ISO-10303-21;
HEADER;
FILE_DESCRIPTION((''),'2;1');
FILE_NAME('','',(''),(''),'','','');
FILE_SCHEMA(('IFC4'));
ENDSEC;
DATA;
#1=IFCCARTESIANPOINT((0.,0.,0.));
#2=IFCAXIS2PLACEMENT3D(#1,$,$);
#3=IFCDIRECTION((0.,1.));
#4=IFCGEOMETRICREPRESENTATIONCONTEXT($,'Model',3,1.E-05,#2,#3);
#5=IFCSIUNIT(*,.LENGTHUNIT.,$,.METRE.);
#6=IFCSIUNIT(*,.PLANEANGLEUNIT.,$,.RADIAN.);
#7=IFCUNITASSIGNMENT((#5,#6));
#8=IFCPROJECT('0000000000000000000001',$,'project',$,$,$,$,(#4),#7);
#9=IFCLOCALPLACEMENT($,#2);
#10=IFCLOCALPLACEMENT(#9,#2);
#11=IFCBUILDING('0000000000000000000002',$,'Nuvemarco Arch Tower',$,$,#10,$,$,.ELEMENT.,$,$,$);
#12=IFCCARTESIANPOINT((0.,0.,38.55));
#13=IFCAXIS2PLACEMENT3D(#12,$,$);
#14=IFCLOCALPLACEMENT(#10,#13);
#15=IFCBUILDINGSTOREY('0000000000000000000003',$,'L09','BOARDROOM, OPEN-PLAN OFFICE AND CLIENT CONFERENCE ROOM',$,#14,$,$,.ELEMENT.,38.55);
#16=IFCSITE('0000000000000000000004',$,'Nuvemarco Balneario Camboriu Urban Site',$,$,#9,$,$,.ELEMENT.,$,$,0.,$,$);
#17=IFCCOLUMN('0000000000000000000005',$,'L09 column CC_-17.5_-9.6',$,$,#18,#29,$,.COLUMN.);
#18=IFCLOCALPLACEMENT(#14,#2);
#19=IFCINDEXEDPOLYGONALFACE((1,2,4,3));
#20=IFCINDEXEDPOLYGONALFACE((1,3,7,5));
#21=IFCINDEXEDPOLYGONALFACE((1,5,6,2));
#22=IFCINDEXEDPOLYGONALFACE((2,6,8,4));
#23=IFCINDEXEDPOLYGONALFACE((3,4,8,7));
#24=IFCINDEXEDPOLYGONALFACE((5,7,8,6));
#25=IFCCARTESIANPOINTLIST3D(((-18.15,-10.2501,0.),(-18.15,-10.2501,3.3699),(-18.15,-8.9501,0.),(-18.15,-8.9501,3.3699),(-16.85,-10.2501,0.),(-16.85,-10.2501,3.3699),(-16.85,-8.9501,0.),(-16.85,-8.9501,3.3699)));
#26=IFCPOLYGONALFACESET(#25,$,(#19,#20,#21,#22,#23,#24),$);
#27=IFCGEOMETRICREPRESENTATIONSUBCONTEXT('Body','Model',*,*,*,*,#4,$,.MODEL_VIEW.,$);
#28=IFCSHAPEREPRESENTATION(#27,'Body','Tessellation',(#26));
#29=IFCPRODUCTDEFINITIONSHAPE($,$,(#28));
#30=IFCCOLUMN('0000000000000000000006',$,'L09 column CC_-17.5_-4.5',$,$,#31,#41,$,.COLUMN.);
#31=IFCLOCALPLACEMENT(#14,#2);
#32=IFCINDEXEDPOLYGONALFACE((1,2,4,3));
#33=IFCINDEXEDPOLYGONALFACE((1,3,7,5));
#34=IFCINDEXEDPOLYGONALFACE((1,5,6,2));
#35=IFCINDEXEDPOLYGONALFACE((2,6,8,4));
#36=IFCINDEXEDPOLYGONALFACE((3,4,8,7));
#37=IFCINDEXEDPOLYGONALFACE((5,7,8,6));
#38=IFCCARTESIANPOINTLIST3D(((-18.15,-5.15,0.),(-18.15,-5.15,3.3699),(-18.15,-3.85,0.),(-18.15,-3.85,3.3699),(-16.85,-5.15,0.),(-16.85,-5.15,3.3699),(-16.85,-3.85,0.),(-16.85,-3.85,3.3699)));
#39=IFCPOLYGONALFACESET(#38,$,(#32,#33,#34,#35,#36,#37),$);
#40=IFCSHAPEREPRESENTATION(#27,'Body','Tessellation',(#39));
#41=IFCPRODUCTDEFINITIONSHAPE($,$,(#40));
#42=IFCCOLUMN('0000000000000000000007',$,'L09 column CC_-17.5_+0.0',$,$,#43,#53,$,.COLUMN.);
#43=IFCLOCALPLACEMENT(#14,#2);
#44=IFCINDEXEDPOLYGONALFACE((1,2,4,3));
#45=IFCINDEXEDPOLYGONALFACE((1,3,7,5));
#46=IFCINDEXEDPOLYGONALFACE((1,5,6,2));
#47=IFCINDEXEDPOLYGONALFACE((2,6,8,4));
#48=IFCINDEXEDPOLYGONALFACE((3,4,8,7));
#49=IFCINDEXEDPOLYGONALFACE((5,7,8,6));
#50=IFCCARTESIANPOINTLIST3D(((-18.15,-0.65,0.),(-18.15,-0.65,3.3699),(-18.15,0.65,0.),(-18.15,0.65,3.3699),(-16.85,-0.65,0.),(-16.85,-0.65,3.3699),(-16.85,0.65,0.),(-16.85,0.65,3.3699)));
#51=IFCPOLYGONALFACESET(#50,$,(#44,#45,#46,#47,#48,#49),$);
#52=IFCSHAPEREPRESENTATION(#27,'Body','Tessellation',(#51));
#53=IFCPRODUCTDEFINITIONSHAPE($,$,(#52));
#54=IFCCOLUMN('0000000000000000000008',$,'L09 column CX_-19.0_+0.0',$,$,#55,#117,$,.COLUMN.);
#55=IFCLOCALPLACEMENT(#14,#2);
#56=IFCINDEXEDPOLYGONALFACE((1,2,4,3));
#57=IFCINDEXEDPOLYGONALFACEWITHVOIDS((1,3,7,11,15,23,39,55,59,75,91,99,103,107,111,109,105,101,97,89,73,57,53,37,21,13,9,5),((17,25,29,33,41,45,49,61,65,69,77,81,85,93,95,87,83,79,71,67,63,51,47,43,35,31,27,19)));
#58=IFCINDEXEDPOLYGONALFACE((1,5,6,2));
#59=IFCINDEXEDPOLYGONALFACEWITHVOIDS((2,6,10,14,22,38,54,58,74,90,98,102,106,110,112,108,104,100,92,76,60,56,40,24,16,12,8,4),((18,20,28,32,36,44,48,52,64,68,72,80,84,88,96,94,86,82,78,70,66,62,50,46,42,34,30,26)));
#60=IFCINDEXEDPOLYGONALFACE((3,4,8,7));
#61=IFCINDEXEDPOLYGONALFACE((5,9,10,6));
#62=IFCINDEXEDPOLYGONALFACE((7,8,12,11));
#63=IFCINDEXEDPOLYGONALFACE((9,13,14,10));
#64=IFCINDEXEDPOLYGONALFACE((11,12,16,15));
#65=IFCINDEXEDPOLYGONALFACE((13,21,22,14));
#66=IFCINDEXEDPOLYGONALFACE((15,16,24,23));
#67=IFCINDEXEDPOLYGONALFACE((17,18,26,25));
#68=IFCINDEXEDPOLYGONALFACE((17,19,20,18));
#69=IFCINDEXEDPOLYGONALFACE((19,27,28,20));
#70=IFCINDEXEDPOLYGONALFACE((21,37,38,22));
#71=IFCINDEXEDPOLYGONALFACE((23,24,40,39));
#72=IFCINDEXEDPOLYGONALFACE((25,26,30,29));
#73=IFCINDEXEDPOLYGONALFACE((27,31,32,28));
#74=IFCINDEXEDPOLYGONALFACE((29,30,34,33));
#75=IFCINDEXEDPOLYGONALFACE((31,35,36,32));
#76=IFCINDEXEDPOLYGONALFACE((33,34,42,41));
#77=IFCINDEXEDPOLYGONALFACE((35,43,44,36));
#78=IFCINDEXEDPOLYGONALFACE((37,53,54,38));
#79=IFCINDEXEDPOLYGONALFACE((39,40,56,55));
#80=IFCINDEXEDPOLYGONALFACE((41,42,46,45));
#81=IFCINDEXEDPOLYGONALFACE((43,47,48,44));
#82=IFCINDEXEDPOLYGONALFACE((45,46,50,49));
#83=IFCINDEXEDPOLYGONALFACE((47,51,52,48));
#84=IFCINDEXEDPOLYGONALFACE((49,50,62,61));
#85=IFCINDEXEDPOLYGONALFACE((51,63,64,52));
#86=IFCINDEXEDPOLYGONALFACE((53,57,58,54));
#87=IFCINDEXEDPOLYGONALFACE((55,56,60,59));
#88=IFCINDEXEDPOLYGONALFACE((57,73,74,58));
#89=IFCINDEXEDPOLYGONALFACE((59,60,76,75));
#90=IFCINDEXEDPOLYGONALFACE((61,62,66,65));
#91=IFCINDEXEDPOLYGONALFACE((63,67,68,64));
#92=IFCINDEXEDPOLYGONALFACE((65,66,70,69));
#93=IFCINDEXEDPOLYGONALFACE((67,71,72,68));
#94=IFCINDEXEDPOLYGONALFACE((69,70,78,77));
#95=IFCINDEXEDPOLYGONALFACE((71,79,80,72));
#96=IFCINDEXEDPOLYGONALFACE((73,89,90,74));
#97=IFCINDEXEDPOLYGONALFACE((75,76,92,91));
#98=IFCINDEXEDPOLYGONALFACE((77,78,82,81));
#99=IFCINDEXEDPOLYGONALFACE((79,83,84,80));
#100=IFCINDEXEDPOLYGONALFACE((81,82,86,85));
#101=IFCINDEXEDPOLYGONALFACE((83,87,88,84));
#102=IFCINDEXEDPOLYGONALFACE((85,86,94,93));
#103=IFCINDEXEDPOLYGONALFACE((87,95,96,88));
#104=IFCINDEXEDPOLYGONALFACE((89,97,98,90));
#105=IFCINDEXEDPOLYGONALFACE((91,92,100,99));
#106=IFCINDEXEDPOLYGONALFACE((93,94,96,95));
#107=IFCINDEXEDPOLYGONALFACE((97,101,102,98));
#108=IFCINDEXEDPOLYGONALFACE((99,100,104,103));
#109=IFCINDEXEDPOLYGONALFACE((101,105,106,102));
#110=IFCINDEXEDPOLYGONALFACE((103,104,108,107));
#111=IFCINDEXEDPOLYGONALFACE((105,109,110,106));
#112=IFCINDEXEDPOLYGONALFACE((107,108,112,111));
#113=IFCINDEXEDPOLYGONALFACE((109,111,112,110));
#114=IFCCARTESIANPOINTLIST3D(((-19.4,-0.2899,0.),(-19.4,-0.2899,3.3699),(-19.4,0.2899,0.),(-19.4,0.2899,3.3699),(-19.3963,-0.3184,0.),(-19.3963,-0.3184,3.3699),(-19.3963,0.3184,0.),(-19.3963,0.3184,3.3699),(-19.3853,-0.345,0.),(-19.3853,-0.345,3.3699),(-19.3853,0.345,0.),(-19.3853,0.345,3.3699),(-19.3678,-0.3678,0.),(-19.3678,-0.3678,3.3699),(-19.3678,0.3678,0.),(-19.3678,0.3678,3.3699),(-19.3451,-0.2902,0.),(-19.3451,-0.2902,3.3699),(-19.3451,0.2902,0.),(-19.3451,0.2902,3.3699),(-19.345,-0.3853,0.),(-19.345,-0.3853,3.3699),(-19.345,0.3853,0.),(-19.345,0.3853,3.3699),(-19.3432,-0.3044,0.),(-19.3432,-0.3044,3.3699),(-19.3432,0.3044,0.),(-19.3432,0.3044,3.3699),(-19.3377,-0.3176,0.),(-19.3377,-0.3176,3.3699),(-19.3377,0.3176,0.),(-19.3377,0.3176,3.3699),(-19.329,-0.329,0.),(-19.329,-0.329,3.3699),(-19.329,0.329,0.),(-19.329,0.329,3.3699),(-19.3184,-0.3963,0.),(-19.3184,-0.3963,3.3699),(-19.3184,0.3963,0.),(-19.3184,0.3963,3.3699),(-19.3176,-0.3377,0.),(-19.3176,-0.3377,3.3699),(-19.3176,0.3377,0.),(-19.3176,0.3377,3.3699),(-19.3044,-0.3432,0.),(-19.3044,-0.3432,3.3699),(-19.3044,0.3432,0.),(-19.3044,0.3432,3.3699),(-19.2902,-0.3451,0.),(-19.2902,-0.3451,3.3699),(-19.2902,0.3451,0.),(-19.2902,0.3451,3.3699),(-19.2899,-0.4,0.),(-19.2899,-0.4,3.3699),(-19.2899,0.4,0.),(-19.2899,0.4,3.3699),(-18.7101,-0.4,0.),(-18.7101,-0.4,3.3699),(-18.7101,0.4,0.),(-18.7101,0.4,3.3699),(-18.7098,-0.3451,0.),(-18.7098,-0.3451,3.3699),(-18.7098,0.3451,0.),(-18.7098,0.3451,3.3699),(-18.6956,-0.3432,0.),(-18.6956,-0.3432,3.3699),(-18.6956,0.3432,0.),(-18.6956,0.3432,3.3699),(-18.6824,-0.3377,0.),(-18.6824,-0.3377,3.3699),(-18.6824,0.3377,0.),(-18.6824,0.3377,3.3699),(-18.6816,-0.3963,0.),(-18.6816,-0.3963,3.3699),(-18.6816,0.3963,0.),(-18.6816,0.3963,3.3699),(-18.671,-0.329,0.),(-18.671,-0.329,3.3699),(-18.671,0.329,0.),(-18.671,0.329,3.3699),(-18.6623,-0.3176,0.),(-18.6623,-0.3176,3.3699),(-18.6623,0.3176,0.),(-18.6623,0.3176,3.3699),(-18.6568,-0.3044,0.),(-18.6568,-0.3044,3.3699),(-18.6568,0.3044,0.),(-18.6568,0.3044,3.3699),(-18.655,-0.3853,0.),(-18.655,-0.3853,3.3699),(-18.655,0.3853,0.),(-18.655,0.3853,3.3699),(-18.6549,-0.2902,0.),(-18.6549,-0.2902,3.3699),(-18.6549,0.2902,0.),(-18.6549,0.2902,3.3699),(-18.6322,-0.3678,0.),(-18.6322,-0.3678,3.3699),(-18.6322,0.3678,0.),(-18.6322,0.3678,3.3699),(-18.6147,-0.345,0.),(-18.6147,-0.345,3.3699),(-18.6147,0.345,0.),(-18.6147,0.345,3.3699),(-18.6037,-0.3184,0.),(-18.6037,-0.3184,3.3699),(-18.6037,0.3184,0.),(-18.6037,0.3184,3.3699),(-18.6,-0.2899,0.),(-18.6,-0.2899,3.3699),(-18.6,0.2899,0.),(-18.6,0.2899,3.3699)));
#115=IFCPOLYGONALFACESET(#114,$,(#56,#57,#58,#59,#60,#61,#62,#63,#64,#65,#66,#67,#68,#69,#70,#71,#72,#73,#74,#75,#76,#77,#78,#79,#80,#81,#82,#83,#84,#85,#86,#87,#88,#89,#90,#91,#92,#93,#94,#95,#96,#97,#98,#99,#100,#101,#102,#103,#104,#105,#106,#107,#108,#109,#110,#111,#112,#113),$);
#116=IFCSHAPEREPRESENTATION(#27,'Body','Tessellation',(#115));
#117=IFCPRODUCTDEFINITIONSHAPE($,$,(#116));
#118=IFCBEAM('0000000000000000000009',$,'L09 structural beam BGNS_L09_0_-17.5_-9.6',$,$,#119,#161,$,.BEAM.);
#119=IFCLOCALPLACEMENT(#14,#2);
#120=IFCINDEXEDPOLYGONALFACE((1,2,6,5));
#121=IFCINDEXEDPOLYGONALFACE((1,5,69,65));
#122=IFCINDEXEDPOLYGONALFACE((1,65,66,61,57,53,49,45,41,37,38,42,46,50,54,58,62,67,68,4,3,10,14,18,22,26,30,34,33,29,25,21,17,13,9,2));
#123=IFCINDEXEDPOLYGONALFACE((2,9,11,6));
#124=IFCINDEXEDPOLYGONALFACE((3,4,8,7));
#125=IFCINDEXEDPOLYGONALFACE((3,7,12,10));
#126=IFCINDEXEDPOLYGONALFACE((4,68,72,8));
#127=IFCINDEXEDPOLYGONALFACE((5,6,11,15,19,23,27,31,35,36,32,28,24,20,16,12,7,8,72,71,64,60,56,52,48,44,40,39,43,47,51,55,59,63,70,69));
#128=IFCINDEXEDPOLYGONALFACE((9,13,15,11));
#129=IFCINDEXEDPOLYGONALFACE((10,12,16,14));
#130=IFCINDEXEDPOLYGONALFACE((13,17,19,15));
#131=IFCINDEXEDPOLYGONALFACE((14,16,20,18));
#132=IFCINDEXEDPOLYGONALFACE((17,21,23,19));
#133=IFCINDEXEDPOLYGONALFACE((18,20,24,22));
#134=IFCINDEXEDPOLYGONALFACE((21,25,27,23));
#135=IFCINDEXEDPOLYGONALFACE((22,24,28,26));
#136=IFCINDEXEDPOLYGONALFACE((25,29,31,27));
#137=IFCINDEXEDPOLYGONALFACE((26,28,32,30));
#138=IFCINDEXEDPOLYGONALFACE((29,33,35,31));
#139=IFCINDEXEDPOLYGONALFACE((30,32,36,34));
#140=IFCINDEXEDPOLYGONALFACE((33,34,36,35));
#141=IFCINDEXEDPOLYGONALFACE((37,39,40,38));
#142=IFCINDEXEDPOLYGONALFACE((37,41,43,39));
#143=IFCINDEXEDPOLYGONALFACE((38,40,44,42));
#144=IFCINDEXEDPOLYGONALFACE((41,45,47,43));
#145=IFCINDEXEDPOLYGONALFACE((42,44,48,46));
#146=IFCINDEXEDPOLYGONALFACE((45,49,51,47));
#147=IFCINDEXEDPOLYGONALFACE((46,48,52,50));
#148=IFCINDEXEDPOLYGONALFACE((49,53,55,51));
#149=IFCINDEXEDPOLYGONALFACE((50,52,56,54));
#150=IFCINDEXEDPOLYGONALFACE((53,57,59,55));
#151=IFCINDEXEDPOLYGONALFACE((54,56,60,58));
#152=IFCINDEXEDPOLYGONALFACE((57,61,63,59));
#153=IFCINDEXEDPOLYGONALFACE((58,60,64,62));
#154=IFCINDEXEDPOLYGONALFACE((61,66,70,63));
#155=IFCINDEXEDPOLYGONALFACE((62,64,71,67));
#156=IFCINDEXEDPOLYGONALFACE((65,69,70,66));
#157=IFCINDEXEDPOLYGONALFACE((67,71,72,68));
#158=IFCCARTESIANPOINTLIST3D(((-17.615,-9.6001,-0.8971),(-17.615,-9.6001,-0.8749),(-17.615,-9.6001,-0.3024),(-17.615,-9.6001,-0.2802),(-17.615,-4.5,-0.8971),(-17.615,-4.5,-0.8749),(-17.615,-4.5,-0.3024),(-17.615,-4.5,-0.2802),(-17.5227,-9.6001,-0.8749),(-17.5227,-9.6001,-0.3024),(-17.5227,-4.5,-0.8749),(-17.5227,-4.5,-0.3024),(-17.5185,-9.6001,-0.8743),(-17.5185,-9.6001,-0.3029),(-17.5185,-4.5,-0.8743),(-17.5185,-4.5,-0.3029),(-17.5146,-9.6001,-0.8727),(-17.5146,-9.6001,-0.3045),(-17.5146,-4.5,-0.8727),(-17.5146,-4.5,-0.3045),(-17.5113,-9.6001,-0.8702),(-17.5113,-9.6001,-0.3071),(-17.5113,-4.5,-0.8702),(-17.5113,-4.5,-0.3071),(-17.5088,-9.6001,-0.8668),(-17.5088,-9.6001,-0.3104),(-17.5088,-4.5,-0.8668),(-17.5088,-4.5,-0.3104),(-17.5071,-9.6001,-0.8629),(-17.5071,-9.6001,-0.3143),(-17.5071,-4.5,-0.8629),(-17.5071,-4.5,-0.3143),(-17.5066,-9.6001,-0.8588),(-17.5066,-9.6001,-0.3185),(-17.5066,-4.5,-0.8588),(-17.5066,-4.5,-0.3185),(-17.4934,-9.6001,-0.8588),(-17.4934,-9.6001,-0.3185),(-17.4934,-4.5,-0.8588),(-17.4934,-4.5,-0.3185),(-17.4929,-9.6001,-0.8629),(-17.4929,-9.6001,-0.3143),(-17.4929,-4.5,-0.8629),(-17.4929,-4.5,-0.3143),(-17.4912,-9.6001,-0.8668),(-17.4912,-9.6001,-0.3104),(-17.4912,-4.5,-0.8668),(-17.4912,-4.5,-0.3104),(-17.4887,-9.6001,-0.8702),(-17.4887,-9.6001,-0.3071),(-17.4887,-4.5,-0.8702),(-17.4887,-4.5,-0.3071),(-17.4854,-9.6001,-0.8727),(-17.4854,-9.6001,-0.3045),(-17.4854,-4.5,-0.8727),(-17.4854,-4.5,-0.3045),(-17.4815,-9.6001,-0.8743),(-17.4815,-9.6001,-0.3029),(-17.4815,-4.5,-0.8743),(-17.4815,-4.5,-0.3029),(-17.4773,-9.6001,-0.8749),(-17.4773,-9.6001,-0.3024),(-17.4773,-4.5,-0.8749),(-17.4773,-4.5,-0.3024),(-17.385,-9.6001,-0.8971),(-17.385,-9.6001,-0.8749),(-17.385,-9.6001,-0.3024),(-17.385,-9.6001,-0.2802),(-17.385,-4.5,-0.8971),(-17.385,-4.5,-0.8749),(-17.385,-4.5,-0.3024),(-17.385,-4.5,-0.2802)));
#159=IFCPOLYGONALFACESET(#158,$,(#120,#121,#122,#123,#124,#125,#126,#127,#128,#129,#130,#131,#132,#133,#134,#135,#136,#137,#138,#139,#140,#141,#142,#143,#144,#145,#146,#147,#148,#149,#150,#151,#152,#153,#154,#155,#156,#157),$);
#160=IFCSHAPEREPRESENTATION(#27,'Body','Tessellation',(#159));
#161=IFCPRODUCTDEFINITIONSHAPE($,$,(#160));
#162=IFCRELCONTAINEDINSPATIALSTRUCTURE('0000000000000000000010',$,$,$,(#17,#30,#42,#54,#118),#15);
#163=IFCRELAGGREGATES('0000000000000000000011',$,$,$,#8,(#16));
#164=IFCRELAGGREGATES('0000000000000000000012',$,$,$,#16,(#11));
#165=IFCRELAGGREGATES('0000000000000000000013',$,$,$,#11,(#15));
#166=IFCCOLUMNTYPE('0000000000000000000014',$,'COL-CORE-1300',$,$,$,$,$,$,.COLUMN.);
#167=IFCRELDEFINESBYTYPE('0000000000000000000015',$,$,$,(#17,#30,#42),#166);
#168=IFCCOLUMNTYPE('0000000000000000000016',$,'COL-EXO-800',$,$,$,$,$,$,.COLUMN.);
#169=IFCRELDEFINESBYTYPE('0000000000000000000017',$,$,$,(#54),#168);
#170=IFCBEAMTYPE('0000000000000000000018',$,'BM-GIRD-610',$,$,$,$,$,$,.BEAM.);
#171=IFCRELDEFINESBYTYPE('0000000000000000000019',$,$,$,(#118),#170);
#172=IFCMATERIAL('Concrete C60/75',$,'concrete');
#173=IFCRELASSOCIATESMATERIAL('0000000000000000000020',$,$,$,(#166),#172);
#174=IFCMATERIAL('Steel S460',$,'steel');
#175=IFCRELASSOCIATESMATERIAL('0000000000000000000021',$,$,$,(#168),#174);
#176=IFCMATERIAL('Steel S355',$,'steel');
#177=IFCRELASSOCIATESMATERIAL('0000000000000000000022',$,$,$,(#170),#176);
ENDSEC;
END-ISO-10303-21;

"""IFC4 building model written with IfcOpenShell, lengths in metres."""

from ifc_helpers import new_model, si_unit, direction, frame, origin, origin_2d, place, context, subcontext, project, spatial, rectangle, hollow_rectangle, i_section, extrude, material, material_profile, profile_set, type_object, element, save


model = new_model("IFC4")

# Units and contexts
model_context = context("Model", 3, precision=1e-05, world=origin(), true_north=direction((0.0, 1.0)))
body_context = subcontext(model_context, "Body", "Model", "MODEL_VIEW")
ifc_project = project(units=[si_unit("LENGTHUNIT", "METRE"), si_unit("PLANEANGLEUNIT", "RADIAN")], contexts=[model_context])

# Site, building, storey
site_placement = place(None, origin())
site = spatial("IfcSite", under=ifc_project, at=site_placement, Name="Nuvemarco Balneario Camboriu Urban Site", CompositionType="ELEMENT", RefElevation=0.0)
building_placement = place(site_placement, origin())
building = spatial("IfcBuilding", under=site, at=building_placement, Name="Nuvemarco Arch Tower", CompositionType="ELEMENT")
storey_placement = place(building_placement, frame((0.0, 0.0, 38.55)))
storey = spatial("IfcBuildingStorey", under=building, at=storey_placement, Name="L09", Description="BOARDROOM, OPEN-PLAN OFFICE AND CLIENT CONFERENCE ROOM", CompositionType="ELEMENT", Elevation=38.55)

# Columns
ifc_material_1 = material(Name="Concrete C60/75", Category="concrete")
ifc_material_profile_1 = material_profile(ifc_material_1, rectangle(XDim=1.3, YDim=1.3, at=origin_2d()), Name="RC-COL-1300x1300")
ifc_profile_set_1 = profile_set([ifc_material_profile_1], Name="Concrete C60/75")
column_type_1 = type_object("IfcColumnType", Name="COL-CORE-1300", PredefinedType="COLUMN", material=ifc_profile_set_1)
for number, where, z_axis, x_axis, name in (
    (1, (-17.5, -9.6001, 0.0), (0.0, 0.0, 1.0), (1.0, 0.0, 0.0), "L09 column CC_-17.5_-9.6"),
    (2, (-17.5, -4.5, 0.0), (0.0, 0.0, 1.0), (1.0, 0.0, 0.0), "L09 column CC_-17.5_-4.5"),
    (3, (-17.5, 0.0, 0.0), (0.0, 0.0, 1.0), (1.0, 0.0, 0.0), "L09 column CC_-17.5_+0.0"),
):
    element("IfcColumn", number, at=place(storey_placement, frame(where, z_axis=z_axis, x_axis=x_axis)), inside=storey, type_object=column_type_1, Name=name, PredefinedType="COLUMN", context=body_context, shape_type="SweptSolid", body=[
        extrude(rectangle(XDim=1.3, YDim=1.3, at=origin_2d()), origin(), (0.0, 0.0, 1.0), 3.3699),
    ])
ifc_material_2 = material(Name="Steel S460", Category="steel")
ifc_material_profile_2 = material_profile(ifc_material_2, hollow_rectangle(XDim=0.8, YDim=0.8, WallThickness=0.0549, InnerFilletRadius=0.0549, OuterFilletRadius=0.1101, at=origin_2d()), Name="SHS800x800x55")
ifc_profile_set_2 = profile_set([ifc_material_profile_2], Name="Steel S460")
column_type_2 = type_object("IfcColumnType", Name="COL-EXO-800", PredefinedType="COLUMN", material=ifc_profile_set_2)
column_placement = place(storey_placement, frame((-19.0, 0.0, 0.0), z_axis=(0.0, 0.0, 1.0), x_axis=(1.0, 0.0, 0.0)))
element("IfcColumn", 4, at=column_placement, inside=storey, type_object=column_type_2, Name="L09 column CX_-19.0_+0.0", PredefinedType="COLUMN", context=body_context, shape_type="SweptSolid", body=[
    extrude(hollow_rectangle(XDim=0.8, YDim=0.8, WallThickness=0.0549, InnerFilletRadius=0.0549, OuterFilletRadius=0.1101, at=origin_2d()), origin(), (0.0, 0.0, 1.0), 3.3699),
])

# Beam
ifc_material_3 = material(Name="Steel S355", Category="steel")
ifc_material_profile_3 = material_profile(ifc_material_3, i_section(OverallWidth=0.23, OverallDepth=0.6169, WebThickness=0.0132, FlangeThickness=0.0222, FilletRadius=0.0161, at=origin_2d()), Name="W610x140")
ifc_profile_set_3 = profile_set([ifc_material_profile_3], Name="Steel S355")
beam_type_1 = type_object("IfcBeamType", Name="BM-GIRD-610", PredefinedType="BEAM", material=ifc_profile_set_3)
beam_1_placement = place(storey_placement, frame((-17.5, -9.6001, -0.5886), z_axis=(0.0, 1.0, 0.0), x_axis=(-1.0, 0.0, 0.0)))
element("IfcBeam", 5, at=beam_1_placement, inside=storey, type_object=beam_type_1, Name="L09 structural beam BGNS_L09_0_-17.5_-9.6", PredefinedType="BEAM", context=body_context, shape_type="SweptSolid", body=[
    extrude(i_section(OverallWidth=0.23, OverallDepth=0.6169, WebThickness=0.0132, FlangeThickness=0.0222, FilletRadius=0.0161, at=origin_2d()), origin(), (0.0, 0.0, 1.0), 5.1001),
])

save(model, "model.ifc")
